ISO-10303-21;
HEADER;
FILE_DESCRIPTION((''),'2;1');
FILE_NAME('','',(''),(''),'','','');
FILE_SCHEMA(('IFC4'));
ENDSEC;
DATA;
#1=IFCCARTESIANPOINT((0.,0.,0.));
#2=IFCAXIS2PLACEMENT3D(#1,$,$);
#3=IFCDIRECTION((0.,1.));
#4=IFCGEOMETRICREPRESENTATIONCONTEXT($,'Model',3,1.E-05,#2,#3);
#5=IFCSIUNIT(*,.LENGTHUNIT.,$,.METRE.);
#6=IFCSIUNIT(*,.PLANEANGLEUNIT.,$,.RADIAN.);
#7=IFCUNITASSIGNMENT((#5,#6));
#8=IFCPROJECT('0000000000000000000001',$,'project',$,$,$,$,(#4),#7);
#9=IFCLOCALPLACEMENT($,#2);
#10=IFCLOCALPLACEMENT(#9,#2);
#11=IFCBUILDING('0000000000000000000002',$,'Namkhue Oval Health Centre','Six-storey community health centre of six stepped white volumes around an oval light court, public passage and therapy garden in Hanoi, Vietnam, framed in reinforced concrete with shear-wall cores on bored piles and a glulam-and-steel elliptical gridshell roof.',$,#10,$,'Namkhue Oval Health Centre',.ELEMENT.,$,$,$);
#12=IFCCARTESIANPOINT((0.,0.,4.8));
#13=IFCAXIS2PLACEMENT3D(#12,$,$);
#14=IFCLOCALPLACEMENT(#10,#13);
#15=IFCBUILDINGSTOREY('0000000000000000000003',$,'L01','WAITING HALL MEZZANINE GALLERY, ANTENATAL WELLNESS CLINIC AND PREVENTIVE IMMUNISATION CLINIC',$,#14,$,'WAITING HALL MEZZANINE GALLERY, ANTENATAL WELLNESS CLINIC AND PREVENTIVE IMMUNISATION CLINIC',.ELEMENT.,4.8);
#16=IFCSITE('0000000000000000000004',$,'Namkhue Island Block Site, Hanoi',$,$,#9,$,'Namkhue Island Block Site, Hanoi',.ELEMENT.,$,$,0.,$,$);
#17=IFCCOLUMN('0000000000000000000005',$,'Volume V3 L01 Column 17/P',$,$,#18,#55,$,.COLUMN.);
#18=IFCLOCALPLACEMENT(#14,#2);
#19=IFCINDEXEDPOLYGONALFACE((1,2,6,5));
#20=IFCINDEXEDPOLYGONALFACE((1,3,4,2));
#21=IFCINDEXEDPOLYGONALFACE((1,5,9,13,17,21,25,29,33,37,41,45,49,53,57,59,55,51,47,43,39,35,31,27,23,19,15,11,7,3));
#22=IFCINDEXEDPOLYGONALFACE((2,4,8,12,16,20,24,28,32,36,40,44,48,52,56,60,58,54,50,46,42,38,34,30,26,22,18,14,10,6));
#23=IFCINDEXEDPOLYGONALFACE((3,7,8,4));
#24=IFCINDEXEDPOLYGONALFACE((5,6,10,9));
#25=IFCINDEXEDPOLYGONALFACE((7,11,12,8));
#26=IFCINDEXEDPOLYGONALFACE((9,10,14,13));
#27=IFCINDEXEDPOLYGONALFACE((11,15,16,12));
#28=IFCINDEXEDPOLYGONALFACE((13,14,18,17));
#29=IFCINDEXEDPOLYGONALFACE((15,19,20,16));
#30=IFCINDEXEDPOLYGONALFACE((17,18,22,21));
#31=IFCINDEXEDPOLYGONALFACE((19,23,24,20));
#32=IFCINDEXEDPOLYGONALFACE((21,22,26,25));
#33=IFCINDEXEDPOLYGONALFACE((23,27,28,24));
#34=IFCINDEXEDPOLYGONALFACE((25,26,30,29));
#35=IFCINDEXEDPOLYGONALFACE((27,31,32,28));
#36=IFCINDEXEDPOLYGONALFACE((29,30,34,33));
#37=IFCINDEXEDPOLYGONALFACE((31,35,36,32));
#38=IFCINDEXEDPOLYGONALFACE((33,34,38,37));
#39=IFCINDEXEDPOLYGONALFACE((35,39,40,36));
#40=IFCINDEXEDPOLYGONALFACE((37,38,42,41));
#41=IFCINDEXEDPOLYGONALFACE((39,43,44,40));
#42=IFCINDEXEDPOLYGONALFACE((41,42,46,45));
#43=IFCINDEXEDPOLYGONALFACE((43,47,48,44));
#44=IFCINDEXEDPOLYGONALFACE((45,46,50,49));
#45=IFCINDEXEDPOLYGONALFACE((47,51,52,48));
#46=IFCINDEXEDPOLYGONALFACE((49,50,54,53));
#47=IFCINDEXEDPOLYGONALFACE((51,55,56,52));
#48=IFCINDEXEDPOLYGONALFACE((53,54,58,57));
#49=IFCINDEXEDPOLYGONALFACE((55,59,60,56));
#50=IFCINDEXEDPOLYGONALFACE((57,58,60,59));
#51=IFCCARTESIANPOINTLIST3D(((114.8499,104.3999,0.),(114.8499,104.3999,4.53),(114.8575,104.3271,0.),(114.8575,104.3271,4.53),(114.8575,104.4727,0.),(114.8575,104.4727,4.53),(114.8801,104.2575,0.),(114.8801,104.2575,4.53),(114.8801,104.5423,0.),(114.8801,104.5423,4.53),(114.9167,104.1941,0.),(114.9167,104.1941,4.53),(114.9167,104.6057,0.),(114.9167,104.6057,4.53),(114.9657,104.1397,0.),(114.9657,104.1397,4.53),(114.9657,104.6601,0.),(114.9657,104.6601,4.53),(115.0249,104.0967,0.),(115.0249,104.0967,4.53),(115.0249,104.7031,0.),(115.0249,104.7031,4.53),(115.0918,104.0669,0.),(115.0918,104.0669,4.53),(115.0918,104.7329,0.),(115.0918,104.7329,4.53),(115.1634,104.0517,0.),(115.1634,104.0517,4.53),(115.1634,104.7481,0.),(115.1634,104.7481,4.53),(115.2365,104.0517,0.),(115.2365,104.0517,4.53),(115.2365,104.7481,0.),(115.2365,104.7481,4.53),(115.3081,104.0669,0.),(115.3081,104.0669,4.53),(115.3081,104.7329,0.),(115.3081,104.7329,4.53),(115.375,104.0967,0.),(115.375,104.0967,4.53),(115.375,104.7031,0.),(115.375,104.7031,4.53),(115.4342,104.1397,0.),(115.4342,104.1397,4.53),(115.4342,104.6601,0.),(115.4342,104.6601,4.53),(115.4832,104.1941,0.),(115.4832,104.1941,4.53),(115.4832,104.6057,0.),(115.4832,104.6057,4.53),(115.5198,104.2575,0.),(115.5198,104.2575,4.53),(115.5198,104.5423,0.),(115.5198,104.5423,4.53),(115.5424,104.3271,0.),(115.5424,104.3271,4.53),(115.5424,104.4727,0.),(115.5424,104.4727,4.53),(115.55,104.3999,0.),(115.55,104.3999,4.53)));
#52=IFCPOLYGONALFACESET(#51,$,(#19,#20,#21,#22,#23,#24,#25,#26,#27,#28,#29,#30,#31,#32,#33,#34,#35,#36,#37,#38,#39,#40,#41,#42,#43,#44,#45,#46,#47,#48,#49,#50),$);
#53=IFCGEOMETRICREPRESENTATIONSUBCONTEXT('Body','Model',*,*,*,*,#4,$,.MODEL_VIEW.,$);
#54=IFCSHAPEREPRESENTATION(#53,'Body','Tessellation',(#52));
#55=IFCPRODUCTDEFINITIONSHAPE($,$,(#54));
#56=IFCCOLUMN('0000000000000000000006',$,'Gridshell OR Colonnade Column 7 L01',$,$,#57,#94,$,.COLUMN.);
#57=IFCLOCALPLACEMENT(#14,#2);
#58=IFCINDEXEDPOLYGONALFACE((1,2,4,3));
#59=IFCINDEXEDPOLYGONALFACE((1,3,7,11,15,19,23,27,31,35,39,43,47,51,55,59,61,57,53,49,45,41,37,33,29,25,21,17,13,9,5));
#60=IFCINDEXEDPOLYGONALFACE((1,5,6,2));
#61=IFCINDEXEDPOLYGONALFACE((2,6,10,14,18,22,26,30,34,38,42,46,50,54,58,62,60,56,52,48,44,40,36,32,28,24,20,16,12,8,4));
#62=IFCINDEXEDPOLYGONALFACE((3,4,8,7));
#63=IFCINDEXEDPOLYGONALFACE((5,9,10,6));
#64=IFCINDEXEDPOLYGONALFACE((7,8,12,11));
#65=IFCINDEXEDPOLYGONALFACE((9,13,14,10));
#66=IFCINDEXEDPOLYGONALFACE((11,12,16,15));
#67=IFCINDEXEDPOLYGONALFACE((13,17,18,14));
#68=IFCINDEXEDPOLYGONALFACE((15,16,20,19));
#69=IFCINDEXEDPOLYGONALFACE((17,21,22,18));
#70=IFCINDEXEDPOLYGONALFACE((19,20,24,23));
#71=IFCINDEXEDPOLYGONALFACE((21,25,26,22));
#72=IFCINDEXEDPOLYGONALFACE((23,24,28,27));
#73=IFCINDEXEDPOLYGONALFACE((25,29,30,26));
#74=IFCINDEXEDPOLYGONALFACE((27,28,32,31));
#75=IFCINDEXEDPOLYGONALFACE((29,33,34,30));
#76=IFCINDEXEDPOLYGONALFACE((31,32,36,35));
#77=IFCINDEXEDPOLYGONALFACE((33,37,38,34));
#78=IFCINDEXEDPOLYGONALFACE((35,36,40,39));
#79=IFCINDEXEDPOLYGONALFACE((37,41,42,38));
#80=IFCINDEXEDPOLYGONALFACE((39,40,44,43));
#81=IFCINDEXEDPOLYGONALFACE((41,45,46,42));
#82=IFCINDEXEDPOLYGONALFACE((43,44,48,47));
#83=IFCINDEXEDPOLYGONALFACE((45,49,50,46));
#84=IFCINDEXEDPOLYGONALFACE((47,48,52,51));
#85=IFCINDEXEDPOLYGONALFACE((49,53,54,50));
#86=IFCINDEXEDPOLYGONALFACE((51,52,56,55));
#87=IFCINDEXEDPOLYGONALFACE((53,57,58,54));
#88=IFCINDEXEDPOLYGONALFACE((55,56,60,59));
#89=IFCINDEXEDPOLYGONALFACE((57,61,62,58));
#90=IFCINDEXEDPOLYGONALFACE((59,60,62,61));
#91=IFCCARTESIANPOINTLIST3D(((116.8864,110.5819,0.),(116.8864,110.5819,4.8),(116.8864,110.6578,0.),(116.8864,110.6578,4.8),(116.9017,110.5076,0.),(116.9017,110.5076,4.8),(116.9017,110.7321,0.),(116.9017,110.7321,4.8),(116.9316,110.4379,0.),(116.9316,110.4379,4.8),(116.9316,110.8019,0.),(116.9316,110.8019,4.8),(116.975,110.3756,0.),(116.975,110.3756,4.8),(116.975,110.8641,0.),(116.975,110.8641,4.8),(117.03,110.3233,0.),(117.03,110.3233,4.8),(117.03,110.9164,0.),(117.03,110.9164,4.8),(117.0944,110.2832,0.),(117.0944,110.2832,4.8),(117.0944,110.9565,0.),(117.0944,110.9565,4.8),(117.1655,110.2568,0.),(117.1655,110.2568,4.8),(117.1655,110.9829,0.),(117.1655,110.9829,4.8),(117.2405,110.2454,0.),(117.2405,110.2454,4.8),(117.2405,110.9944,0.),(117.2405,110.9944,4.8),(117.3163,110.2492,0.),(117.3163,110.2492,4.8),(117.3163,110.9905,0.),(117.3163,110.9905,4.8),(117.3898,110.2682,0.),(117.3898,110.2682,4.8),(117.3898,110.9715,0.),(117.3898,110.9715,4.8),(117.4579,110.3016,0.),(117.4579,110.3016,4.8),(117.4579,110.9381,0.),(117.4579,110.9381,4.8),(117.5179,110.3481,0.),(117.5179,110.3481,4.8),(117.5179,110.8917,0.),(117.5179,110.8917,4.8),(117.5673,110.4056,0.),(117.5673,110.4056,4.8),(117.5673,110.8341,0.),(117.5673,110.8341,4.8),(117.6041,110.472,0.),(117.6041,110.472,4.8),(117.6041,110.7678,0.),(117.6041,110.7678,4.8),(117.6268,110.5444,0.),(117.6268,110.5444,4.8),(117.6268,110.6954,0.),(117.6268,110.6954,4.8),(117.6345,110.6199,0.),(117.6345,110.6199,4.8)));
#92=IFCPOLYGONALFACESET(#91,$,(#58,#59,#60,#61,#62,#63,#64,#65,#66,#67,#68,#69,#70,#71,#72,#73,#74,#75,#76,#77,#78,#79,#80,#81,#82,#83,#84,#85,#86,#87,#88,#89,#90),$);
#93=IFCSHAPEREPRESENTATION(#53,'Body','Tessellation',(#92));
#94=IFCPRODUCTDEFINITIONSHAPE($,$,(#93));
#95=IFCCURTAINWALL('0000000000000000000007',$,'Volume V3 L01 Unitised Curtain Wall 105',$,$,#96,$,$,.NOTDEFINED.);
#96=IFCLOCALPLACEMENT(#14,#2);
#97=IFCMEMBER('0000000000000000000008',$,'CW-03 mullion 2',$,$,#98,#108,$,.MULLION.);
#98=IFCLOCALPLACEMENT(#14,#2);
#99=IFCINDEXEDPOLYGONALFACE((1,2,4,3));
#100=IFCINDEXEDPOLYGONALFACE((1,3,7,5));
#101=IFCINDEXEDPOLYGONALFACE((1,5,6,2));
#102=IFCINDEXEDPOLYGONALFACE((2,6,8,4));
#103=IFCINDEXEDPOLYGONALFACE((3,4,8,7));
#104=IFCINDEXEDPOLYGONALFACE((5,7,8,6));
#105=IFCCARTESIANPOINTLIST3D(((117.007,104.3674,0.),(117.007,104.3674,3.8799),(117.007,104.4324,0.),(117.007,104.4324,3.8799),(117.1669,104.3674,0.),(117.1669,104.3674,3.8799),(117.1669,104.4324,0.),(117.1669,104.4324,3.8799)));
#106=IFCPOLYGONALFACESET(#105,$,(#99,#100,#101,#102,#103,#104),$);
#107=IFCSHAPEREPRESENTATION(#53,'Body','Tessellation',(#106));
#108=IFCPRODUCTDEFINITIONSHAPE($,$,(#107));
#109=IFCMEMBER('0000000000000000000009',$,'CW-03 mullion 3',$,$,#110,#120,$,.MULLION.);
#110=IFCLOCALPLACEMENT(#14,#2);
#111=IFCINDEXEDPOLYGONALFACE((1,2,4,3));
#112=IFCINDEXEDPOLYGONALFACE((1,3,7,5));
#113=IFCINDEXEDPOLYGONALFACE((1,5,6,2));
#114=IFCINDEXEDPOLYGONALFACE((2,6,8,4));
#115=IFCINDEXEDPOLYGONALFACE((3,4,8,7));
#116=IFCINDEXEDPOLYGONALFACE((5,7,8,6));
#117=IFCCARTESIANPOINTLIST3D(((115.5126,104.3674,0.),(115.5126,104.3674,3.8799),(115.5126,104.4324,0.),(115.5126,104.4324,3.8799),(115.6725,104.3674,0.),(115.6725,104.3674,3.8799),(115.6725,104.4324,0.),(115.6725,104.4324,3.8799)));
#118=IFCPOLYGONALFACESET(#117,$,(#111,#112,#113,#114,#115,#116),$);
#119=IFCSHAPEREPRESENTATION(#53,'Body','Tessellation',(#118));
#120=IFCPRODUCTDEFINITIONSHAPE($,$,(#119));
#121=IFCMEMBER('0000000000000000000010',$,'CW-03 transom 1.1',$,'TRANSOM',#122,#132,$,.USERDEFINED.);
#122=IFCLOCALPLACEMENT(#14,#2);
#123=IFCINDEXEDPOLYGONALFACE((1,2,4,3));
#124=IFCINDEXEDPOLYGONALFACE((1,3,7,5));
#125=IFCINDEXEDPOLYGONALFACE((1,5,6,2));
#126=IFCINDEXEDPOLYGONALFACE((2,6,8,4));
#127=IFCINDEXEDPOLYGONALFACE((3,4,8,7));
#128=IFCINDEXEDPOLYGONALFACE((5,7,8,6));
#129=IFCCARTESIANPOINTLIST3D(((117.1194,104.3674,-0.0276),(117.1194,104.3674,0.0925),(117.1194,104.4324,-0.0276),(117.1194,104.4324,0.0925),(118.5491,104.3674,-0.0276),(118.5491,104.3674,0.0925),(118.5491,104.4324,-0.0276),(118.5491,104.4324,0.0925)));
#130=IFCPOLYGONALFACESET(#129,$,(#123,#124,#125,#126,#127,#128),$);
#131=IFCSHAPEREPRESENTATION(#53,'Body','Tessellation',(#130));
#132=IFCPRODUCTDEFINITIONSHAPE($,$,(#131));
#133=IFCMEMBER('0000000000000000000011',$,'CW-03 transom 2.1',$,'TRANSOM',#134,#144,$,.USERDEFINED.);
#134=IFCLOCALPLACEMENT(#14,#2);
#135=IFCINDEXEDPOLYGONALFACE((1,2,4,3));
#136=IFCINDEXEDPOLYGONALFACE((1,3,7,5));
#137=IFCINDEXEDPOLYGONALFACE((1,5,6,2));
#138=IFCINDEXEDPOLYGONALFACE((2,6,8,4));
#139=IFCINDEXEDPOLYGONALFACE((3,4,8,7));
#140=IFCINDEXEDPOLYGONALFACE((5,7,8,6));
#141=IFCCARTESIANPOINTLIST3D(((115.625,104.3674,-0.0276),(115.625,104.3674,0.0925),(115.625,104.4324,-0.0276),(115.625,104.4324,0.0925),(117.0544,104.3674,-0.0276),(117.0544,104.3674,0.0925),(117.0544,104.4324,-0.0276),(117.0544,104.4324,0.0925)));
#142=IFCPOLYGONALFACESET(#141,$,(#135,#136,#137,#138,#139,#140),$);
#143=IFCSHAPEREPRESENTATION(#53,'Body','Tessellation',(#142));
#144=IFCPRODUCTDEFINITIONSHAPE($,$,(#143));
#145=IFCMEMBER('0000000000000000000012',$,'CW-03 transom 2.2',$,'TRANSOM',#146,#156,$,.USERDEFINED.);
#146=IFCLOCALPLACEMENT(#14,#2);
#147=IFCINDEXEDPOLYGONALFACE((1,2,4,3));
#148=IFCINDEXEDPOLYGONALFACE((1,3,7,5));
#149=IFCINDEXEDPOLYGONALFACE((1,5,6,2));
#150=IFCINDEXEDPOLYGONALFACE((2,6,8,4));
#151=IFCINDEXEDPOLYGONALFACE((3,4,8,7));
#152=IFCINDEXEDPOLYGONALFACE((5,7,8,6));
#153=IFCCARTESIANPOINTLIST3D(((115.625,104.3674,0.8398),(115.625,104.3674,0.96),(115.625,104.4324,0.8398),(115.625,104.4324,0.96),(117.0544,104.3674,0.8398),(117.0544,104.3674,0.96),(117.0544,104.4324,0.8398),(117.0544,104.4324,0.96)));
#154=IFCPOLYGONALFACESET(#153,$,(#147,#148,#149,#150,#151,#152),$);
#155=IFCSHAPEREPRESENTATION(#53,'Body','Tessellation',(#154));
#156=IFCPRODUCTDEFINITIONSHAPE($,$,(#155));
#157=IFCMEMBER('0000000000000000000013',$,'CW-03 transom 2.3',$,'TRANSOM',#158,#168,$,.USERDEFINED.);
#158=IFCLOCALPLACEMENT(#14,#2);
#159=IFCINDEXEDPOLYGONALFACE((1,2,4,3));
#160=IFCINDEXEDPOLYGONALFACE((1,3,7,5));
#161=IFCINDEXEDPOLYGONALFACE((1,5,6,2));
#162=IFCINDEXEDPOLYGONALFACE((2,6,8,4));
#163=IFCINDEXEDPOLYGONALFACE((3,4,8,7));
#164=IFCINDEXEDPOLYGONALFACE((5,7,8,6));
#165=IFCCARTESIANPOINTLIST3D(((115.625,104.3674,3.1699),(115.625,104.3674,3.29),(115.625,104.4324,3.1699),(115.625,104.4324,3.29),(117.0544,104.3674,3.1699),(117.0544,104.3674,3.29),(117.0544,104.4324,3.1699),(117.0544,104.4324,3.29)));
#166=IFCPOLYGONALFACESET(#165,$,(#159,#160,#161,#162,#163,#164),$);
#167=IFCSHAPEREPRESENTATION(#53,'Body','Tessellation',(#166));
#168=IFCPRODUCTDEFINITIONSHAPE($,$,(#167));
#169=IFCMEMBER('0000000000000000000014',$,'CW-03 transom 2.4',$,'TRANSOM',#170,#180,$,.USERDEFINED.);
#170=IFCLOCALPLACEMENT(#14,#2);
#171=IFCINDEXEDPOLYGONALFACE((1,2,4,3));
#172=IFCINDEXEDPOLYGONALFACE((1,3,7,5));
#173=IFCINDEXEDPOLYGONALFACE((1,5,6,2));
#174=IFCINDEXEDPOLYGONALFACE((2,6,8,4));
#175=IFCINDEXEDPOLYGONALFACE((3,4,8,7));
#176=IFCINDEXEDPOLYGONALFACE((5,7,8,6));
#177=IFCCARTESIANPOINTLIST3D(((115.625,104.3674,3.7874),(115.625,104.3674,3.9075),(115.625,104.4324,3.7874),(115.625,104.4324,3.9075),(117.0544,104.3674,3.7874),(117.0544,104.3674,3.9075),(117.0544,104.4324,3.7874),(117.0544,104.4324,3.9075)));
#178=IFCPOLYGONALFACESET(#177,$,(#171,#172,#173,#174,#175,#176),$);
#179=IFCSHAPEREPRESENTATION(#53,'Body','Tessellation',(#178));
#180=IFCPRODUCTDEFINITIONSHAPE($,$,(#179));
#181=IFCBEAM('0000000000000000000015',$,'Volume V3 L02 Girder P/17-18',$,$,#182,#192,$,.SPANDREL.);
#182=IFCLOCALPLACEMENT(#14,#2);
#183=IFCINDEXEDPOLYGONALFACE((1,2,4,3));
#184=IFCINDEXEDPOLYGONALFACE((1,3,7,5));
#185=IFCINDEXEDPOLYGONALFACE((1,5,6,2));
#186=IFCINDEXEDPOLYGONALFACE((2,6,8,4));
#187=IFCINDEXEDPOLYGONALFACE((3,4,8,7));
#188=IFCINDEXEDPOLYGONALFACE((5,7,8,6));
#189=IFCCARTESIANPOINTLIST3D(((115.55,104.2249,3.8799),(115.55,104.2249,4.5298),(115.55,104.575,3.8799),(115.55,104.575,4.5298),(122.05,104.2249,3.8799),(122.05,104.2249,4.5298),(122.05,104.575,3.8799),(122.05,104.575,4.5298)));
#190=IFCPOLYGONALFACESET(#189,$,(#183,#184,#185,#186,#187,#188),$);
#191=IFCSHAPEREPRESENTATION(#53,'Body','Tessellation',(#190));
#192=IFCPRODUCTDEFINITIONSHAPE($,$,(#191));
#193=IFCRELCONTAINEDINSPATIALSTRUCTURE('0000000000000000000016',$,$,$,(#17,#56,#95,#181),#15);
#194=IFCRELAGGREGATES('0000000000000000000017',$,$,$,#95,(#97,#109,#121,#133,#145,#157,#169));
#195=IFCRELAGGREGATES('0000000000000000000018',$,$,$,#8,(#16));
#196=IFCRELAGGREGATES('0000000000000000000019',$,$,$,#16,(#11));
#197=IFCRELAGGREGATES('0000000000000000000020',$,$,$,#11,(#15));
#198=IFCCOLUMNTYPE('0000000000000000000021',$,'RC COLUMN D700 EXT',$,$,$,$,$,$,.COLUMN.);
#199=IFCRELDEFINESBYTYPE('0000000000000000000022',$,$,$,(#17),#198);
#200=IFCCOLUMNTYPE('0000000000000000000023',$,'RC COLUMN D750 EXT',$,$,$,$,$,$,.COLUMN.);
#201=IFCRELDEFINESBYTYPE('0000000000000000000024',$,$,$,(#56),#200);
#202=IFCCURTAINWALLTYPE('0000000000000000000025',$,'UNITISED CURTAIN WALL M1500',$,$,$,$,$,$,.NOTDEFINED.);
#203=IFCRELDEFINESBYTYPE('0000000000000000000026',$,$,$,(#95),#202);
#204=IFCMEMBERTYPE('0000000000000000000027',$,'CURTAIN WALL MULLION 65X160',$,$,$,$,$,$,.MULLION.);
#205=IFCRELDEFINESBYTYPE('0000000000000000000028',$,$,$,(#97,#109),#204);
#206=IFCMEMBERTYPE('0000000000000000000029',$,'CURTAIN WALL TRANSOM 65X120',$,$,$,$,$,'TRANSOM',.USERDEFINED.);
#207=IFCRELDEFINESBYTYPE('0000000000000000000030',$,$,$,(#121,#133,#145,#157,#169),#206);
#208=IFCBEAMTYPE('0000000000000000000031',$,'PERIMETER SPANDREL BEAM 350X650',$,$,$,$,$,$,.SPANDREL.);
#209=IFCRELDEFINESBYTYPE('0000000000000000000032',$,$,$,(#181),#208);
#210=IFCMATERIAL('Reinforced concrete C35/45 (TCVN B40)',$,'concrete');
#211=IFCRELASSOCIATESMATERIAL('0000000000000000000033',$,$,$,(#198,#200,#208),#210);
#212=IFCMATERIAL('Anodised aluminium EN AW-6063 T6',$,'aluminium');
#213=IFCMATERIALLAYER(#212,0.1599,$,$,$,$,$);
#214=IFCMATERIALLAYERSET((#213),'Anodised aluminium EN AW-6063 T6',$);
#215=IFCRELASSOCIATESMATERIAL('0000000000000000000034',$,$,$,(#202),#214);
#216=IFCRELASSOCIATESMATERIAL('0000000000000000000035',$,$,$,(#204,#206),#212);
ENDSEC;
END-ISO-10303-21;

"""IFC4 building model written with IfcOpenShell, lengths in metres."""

from ifc_helpers import new_model, si_unit, direction, frame, origin, origin_2d, place, context, subcontext, project, spatial, rectangle, circle, extrude, material, layer, layer_set, material_profile, profile_set, type_object, element, aggregate, save


model = new_model("IFC4")

# Units and contexts
model_context = context("Model", 3, precision=1e-05, world=origin(), true_north=direction((0.0, 1.0)))
body_context = subcontext(model_context, "Body", "Model", "MODEL_VIEW")
ifc_project = project(units=[si_unit("LENGTHUNIT", "METRE"), si_unit("PLANEANGLEUNIT", "RADIAN")], contexts=[model_context])

# Site, building, storey
site_placement = place(None, origin())
site = spatial("IfcSite", under=ifc_project, at=site_placement, Name="Namkhue Island Block Site, Hanoi", LongName="Namkhue Island Block Site, Hanoi", CompositionType="ELEMENT", RefElevation=0.0)
building_placement = place(site_placement, origin())
building = spatial("IfcBuilding", under=site, at=building_placement, Name="Namkhue Oval Health Centre", Description="Six-storey community health centre of six stepped white volumes around an oval light court, public passage and therapy garden in Hanoi, Vietnam, framed in reinforced concrete with shear-wall cores on bored piles and a glulam-and-steel elliptical gridshell roof.", LongName="Namkhue Oval Health Centre", CompositionType="ELEMENT")
storey_placement = place(building_placement, frame((0.0, 0.0, 4.8)))
storey = spatial("IfcBuildingStorey", under=building, at=storey_placement, Name="L01", Description="WAITING HALL MEZZANINE GALLERY, ANTENATAL WELLNESS CLINIC AND PREVENTIVE IMMUNISATION CLINIC", LongName="WAITING HALL MEZZANINE GALLERY, ANTENATAL WELLNESS CLINIC AND PREVENTIVE IMMUNISATION CLINIC", CompositionType="ELEMENT", Elevation=4.8)

# Columns
ifc_material_1 = material(Name="Reinforced concrete C35/45 (TCVN B40)", Category="concrete")
ifc_material_profile_1 = material_profile(ifc_material_1, circle(Radius=0.3501, at=origin_2d()), Name="RC D700")
ifc_profile_set_1 = profile_set([ifc_material_profile_1], Name="Reinforced concrete C35/45 (TCVN B40)")
column_type_1 = type_object("IfcColumnType", Name="RC COLUMN D700 EXT", PredefinedType="COLUMN", material=ifc_profile_set_1)
column_1_placement = place(storey_placement, frame((115.2, 104.3999, 0.0), z_axis=(0.0, 0.0, 1.0), x_axis=(1.0, 0.0, 0.0)))
element("IfcColumn", 1, at=column_1_placement, inside=storey, type_object=column_type_1, Name="Volume V3 L01 Column 17/P", PredefinedType="COLUMN", context=body_context, shape_type="SweptSolid", body=[
    extrude(circle(Radius=0.3501, at=origin_2d()), origin(), (0.0, 0.0, 1.0), 4.53),
])
ifc_material_profile_2 = material_profile(ifc_material_1, circle(Radius=0.375, at=origin_2d()), Name="RC D750")
ifc_profile_set_2 = profile_set([ifc_material_profile_2], Name="Reinforced concrete C35/45 (TCVN B40)")
column_type_2 = type_object("IfcColumnType", Name="RC COLUMN D750 EXT", PredefinedType="COLUMN", material=ifc_profile_set_2)
column_2_placement = place(storey_placement, frame((117.2595, 110.6199, 0.0), z_axis=(0.0, 0.0, 1.0), x_axis=(1.0, 0.0, 0.0)))
element("IfcColumn", 2, at=column_2_placement, inside=storey, type_object=column_type_2, Name="Gridshell OR Colonnade Column 7 L01", PredefinedType="COLUMN", context=body_context, shape_type="SweptSolid", body=[
    extrude(circle(Radius=0.375, at=origin_2d()), origin(), (0.0, 0.0, 1.0), 4.8),
])

# Curtain wall, members
ifc_material_2 = material(Name="Anodised aluminium EN AW-6063 T6", Category="aluminium")
ifc_layer_1 = layer(ifc_material_2, 0.1599)
ifc_layer_set_1 = layer_set([ifc_layer_1], Name="Anodised aluminium EN AW-6063 T6")
curtain_wall_type = type_object("IfcCurtainWallType", Name="UNITISED CURTAIN WALL M1500", PredefinedType="NOTDEFINED", material=ifc_layer_set_1)
curtain_wall_placement = place(storey_placement, origin())
curtain_wall = element("IfcCurtainWall", 3, at=curtain_wall_placement, inside=storey, type_object=curtain_wall_type, Name="Volume V3 L01 Unitised Curtain Wall 105", PredefinedType="NOTDEFINED")
ifc_material_profile_3 = material_profile(ifc_material_2, rectangle(XDim=0.0649, YDim=0.1599, at=origin_2d()), Name="ALU 65x160")
ifc_profile_set_3 = profile_set([ifc_material_profile_3], Name="Anodised aluminium EN AW-6063 T6")
member_type_1 = type_object("IfcMemberType", Name="CURTAIN WALL MULLION 65X160", PredefinedType="MULLION", material=ifc_profile_set_3)
member_1_placement = place(storey_placement, frame((117.0869, 104.3999, 0.0), z_axis=(0.0, 0.0, 1.0), x_axis=(0.0, -1.0, 0.0)))
member_1 = element("IfcMember", 4, at=member_1_placement, type_object=member_type_1, Name="CW-03 mullion 2", PredefinedType="MULLION", context=body_context, shape_type="SweptSolid", body=[
    extrude(rectangle(XDim=0.0649, YDim=0.1599, at=origin_2d()), origin(), (0.0, 0.0, 1.0), 3.8799),
])
member_2_placement = place(storey_placement, frame((115.5925, 104.3999, 0.0), z_axis=(0.0, 0.0, 1.0), x_axis=(0.0, -1.0, 0.0)))
member_2 = element("IfcMember", 5, at=member_2_placement, type_object=member_type_1, Name="CW-03 mullion 3", PredefinedType="MULLION", context=body_context, shape_type="SweptSolid", body=[
    extrude(rectangle(XDim=0.0649, YDim=0.1599, at=origin_2d()), origin(), (0.0, 0.0, 1.0), 3.8799),
])
ifc_material_profile_4 = material_profile(ifc_material_2, rectangle(XDim=0.0649, YDim=0.1201, at=origin_2d()), Name="ALU 65x120")
ifc_profile_set_4 = profile_set([ifc_material_profile_4], Name="Anodised aluminium EN AW-6063 T6")
member_type_2 = type_object("IfcMemberType", Name="CURTAIN WALL TRANSOM 65X120", ElementType="TRANSOM", PredefinedType="USERDEFINED", material=ifc_profile_set_4)
member_3_placement = place(storey_placement, frame((118.5491, 104.3999, 0.0325), z_axis=(-1.0, 0.0, 0.0), x_axis=(0.0, -1.0, 0.0)))
member_3 = element("IfcMember", 6, at=member_3_placement, type_object=member_type_2, Name="CW-03 transom 1.1", ObjectType="TRANSOM", PredefinedType="USERDEFINED", context=body_context, shape_type="SweptSolid", body=[
    extrude(rectangle(XDim=0.0649, YDim=0.1201, at=origin_2d()), origin(), (0.0, 0.0, 1.0), 1.4297),
])
member_4_placement = place(storey_placement, frame((117.0544, 104.3999, 0.0325), z_axis=(-1.0, 0.0, 0.0), x_axis=(0.0, -1.0, 0.0)))
member_4 = element("IfcMember", 7, at=member_4_placement, type_object=member_type_2, Name="CW-03 transom 2.1", ObjectType="TRANSOM", PredefinedType="USERDEFINED", context=body_context, shape_type="SweptSolid", body=[
    extrude(rectangle(XDim=0.0649, YDim=0.1201, at=origin_2d()), origin(), (0.0, 0.0, 1.0), 1.4294),
])
member_5_placement = place(storey_placement, frame((117.0544, 104.3999, 0.8999), z_axis=(-1.0, 0.0, 0.0), x_axis=(0.0, -1.0, 0.0)))
member_5 = element("IfcMember", 8, at=member_5_placement, type_object=member_type_2, Name="CW-03 transom 2.2", ObjectType="TRANSOM", PredefinedType="USERDEFINED", context=body_context, shape_type="SweptSolid", body=[
    extrude(rectangle(XDim=0.0649, YDim=0.1201, at=origin_2d()), origin(), (0.0, 0.0, 1.0), 1.4294),
])
member_6_placement = place(storey_placement, frame((117.0544, 104.3999, 3.23), z_axis=(-1.0, 0.0, 0.0), x_axis=(0.0, -1.0, 0.0)))
member_6 = element("IfcMember", 9, at=member_6_placement, type_object=member_type_2, Name="CW-03 transom 2.3", ObjectType="TRANSOM", PredefinedType="USERDEFINED", context=body_context, shape_type="SweptSolid", body=[
    extrude(rectangle(XDim=0.0649, YDim=0.1201, at=origin_2d()), origin(), (0.0, 0.0, 1.0), 1.4294),
])
member_7_placement = place(storey_placement, frame((117.0544, 104.3999, 3.8474), z_axis=(-1.0, 0.0, 0.0), x_axis=(0.0, -1.0, 0.0)))
member_7 = element("IfcMember", 10, at=member_7_placement, type_object=member_type_2, Name="CW-03 transom 2.4", ObjectType="TRANSOM", PredefinedType="USERDEFINED", context=body_context, shape_type="SweptSolid", body=[
    extrude(rectangle(XDim=0.0649, YDim=0.1201, at=origin_2d()), origin(), (0.0, 0.0, 1.0), 1.4294),
])

# Beam
ifc_material_profile_5 = material_profile(ifc_material_1, rectangle(XDim=0.3501, YDim=0.6499, at=origin_2d()), Name="RC 350x650")
ifc_profile_set_5 = profile_set([ifc_material_profile_5], Name="Reinforced concrete C35/45 (TCVN B40)")
beam_type = type_object("IfcBeamType", Name="PERIMETER SPANDREL BEAM 350X650", PredefinedType="SPANDREL", material=ifc_profile_set_5)
beam_placement = place(storey_placement, frame((115.55, 104.3999, 4.2048), z_axis=(1.0, 0.0, 0.0), x_axis=(0.0, 1.0, 0.0)))
element("IfcBeam", 11, at=beam_placement, inside=storey, type_object=beam_type, Name="Volume V3 L02 Girder P/17-18", PredefinedType="SPANDREL", context=body_context, shape_type="SweptSolid", body=[
    extrude(rectangle(XDim=0.3501, YDim=0.6499, at=origin_2d()), origin(), (0.0, 0.0, 1.0), 6.5),
])

aggregate(curtain_wall, [member_1, member_2, member_3, member_4, member_5, member_6, member_7])

save(model, "model.ifc")
